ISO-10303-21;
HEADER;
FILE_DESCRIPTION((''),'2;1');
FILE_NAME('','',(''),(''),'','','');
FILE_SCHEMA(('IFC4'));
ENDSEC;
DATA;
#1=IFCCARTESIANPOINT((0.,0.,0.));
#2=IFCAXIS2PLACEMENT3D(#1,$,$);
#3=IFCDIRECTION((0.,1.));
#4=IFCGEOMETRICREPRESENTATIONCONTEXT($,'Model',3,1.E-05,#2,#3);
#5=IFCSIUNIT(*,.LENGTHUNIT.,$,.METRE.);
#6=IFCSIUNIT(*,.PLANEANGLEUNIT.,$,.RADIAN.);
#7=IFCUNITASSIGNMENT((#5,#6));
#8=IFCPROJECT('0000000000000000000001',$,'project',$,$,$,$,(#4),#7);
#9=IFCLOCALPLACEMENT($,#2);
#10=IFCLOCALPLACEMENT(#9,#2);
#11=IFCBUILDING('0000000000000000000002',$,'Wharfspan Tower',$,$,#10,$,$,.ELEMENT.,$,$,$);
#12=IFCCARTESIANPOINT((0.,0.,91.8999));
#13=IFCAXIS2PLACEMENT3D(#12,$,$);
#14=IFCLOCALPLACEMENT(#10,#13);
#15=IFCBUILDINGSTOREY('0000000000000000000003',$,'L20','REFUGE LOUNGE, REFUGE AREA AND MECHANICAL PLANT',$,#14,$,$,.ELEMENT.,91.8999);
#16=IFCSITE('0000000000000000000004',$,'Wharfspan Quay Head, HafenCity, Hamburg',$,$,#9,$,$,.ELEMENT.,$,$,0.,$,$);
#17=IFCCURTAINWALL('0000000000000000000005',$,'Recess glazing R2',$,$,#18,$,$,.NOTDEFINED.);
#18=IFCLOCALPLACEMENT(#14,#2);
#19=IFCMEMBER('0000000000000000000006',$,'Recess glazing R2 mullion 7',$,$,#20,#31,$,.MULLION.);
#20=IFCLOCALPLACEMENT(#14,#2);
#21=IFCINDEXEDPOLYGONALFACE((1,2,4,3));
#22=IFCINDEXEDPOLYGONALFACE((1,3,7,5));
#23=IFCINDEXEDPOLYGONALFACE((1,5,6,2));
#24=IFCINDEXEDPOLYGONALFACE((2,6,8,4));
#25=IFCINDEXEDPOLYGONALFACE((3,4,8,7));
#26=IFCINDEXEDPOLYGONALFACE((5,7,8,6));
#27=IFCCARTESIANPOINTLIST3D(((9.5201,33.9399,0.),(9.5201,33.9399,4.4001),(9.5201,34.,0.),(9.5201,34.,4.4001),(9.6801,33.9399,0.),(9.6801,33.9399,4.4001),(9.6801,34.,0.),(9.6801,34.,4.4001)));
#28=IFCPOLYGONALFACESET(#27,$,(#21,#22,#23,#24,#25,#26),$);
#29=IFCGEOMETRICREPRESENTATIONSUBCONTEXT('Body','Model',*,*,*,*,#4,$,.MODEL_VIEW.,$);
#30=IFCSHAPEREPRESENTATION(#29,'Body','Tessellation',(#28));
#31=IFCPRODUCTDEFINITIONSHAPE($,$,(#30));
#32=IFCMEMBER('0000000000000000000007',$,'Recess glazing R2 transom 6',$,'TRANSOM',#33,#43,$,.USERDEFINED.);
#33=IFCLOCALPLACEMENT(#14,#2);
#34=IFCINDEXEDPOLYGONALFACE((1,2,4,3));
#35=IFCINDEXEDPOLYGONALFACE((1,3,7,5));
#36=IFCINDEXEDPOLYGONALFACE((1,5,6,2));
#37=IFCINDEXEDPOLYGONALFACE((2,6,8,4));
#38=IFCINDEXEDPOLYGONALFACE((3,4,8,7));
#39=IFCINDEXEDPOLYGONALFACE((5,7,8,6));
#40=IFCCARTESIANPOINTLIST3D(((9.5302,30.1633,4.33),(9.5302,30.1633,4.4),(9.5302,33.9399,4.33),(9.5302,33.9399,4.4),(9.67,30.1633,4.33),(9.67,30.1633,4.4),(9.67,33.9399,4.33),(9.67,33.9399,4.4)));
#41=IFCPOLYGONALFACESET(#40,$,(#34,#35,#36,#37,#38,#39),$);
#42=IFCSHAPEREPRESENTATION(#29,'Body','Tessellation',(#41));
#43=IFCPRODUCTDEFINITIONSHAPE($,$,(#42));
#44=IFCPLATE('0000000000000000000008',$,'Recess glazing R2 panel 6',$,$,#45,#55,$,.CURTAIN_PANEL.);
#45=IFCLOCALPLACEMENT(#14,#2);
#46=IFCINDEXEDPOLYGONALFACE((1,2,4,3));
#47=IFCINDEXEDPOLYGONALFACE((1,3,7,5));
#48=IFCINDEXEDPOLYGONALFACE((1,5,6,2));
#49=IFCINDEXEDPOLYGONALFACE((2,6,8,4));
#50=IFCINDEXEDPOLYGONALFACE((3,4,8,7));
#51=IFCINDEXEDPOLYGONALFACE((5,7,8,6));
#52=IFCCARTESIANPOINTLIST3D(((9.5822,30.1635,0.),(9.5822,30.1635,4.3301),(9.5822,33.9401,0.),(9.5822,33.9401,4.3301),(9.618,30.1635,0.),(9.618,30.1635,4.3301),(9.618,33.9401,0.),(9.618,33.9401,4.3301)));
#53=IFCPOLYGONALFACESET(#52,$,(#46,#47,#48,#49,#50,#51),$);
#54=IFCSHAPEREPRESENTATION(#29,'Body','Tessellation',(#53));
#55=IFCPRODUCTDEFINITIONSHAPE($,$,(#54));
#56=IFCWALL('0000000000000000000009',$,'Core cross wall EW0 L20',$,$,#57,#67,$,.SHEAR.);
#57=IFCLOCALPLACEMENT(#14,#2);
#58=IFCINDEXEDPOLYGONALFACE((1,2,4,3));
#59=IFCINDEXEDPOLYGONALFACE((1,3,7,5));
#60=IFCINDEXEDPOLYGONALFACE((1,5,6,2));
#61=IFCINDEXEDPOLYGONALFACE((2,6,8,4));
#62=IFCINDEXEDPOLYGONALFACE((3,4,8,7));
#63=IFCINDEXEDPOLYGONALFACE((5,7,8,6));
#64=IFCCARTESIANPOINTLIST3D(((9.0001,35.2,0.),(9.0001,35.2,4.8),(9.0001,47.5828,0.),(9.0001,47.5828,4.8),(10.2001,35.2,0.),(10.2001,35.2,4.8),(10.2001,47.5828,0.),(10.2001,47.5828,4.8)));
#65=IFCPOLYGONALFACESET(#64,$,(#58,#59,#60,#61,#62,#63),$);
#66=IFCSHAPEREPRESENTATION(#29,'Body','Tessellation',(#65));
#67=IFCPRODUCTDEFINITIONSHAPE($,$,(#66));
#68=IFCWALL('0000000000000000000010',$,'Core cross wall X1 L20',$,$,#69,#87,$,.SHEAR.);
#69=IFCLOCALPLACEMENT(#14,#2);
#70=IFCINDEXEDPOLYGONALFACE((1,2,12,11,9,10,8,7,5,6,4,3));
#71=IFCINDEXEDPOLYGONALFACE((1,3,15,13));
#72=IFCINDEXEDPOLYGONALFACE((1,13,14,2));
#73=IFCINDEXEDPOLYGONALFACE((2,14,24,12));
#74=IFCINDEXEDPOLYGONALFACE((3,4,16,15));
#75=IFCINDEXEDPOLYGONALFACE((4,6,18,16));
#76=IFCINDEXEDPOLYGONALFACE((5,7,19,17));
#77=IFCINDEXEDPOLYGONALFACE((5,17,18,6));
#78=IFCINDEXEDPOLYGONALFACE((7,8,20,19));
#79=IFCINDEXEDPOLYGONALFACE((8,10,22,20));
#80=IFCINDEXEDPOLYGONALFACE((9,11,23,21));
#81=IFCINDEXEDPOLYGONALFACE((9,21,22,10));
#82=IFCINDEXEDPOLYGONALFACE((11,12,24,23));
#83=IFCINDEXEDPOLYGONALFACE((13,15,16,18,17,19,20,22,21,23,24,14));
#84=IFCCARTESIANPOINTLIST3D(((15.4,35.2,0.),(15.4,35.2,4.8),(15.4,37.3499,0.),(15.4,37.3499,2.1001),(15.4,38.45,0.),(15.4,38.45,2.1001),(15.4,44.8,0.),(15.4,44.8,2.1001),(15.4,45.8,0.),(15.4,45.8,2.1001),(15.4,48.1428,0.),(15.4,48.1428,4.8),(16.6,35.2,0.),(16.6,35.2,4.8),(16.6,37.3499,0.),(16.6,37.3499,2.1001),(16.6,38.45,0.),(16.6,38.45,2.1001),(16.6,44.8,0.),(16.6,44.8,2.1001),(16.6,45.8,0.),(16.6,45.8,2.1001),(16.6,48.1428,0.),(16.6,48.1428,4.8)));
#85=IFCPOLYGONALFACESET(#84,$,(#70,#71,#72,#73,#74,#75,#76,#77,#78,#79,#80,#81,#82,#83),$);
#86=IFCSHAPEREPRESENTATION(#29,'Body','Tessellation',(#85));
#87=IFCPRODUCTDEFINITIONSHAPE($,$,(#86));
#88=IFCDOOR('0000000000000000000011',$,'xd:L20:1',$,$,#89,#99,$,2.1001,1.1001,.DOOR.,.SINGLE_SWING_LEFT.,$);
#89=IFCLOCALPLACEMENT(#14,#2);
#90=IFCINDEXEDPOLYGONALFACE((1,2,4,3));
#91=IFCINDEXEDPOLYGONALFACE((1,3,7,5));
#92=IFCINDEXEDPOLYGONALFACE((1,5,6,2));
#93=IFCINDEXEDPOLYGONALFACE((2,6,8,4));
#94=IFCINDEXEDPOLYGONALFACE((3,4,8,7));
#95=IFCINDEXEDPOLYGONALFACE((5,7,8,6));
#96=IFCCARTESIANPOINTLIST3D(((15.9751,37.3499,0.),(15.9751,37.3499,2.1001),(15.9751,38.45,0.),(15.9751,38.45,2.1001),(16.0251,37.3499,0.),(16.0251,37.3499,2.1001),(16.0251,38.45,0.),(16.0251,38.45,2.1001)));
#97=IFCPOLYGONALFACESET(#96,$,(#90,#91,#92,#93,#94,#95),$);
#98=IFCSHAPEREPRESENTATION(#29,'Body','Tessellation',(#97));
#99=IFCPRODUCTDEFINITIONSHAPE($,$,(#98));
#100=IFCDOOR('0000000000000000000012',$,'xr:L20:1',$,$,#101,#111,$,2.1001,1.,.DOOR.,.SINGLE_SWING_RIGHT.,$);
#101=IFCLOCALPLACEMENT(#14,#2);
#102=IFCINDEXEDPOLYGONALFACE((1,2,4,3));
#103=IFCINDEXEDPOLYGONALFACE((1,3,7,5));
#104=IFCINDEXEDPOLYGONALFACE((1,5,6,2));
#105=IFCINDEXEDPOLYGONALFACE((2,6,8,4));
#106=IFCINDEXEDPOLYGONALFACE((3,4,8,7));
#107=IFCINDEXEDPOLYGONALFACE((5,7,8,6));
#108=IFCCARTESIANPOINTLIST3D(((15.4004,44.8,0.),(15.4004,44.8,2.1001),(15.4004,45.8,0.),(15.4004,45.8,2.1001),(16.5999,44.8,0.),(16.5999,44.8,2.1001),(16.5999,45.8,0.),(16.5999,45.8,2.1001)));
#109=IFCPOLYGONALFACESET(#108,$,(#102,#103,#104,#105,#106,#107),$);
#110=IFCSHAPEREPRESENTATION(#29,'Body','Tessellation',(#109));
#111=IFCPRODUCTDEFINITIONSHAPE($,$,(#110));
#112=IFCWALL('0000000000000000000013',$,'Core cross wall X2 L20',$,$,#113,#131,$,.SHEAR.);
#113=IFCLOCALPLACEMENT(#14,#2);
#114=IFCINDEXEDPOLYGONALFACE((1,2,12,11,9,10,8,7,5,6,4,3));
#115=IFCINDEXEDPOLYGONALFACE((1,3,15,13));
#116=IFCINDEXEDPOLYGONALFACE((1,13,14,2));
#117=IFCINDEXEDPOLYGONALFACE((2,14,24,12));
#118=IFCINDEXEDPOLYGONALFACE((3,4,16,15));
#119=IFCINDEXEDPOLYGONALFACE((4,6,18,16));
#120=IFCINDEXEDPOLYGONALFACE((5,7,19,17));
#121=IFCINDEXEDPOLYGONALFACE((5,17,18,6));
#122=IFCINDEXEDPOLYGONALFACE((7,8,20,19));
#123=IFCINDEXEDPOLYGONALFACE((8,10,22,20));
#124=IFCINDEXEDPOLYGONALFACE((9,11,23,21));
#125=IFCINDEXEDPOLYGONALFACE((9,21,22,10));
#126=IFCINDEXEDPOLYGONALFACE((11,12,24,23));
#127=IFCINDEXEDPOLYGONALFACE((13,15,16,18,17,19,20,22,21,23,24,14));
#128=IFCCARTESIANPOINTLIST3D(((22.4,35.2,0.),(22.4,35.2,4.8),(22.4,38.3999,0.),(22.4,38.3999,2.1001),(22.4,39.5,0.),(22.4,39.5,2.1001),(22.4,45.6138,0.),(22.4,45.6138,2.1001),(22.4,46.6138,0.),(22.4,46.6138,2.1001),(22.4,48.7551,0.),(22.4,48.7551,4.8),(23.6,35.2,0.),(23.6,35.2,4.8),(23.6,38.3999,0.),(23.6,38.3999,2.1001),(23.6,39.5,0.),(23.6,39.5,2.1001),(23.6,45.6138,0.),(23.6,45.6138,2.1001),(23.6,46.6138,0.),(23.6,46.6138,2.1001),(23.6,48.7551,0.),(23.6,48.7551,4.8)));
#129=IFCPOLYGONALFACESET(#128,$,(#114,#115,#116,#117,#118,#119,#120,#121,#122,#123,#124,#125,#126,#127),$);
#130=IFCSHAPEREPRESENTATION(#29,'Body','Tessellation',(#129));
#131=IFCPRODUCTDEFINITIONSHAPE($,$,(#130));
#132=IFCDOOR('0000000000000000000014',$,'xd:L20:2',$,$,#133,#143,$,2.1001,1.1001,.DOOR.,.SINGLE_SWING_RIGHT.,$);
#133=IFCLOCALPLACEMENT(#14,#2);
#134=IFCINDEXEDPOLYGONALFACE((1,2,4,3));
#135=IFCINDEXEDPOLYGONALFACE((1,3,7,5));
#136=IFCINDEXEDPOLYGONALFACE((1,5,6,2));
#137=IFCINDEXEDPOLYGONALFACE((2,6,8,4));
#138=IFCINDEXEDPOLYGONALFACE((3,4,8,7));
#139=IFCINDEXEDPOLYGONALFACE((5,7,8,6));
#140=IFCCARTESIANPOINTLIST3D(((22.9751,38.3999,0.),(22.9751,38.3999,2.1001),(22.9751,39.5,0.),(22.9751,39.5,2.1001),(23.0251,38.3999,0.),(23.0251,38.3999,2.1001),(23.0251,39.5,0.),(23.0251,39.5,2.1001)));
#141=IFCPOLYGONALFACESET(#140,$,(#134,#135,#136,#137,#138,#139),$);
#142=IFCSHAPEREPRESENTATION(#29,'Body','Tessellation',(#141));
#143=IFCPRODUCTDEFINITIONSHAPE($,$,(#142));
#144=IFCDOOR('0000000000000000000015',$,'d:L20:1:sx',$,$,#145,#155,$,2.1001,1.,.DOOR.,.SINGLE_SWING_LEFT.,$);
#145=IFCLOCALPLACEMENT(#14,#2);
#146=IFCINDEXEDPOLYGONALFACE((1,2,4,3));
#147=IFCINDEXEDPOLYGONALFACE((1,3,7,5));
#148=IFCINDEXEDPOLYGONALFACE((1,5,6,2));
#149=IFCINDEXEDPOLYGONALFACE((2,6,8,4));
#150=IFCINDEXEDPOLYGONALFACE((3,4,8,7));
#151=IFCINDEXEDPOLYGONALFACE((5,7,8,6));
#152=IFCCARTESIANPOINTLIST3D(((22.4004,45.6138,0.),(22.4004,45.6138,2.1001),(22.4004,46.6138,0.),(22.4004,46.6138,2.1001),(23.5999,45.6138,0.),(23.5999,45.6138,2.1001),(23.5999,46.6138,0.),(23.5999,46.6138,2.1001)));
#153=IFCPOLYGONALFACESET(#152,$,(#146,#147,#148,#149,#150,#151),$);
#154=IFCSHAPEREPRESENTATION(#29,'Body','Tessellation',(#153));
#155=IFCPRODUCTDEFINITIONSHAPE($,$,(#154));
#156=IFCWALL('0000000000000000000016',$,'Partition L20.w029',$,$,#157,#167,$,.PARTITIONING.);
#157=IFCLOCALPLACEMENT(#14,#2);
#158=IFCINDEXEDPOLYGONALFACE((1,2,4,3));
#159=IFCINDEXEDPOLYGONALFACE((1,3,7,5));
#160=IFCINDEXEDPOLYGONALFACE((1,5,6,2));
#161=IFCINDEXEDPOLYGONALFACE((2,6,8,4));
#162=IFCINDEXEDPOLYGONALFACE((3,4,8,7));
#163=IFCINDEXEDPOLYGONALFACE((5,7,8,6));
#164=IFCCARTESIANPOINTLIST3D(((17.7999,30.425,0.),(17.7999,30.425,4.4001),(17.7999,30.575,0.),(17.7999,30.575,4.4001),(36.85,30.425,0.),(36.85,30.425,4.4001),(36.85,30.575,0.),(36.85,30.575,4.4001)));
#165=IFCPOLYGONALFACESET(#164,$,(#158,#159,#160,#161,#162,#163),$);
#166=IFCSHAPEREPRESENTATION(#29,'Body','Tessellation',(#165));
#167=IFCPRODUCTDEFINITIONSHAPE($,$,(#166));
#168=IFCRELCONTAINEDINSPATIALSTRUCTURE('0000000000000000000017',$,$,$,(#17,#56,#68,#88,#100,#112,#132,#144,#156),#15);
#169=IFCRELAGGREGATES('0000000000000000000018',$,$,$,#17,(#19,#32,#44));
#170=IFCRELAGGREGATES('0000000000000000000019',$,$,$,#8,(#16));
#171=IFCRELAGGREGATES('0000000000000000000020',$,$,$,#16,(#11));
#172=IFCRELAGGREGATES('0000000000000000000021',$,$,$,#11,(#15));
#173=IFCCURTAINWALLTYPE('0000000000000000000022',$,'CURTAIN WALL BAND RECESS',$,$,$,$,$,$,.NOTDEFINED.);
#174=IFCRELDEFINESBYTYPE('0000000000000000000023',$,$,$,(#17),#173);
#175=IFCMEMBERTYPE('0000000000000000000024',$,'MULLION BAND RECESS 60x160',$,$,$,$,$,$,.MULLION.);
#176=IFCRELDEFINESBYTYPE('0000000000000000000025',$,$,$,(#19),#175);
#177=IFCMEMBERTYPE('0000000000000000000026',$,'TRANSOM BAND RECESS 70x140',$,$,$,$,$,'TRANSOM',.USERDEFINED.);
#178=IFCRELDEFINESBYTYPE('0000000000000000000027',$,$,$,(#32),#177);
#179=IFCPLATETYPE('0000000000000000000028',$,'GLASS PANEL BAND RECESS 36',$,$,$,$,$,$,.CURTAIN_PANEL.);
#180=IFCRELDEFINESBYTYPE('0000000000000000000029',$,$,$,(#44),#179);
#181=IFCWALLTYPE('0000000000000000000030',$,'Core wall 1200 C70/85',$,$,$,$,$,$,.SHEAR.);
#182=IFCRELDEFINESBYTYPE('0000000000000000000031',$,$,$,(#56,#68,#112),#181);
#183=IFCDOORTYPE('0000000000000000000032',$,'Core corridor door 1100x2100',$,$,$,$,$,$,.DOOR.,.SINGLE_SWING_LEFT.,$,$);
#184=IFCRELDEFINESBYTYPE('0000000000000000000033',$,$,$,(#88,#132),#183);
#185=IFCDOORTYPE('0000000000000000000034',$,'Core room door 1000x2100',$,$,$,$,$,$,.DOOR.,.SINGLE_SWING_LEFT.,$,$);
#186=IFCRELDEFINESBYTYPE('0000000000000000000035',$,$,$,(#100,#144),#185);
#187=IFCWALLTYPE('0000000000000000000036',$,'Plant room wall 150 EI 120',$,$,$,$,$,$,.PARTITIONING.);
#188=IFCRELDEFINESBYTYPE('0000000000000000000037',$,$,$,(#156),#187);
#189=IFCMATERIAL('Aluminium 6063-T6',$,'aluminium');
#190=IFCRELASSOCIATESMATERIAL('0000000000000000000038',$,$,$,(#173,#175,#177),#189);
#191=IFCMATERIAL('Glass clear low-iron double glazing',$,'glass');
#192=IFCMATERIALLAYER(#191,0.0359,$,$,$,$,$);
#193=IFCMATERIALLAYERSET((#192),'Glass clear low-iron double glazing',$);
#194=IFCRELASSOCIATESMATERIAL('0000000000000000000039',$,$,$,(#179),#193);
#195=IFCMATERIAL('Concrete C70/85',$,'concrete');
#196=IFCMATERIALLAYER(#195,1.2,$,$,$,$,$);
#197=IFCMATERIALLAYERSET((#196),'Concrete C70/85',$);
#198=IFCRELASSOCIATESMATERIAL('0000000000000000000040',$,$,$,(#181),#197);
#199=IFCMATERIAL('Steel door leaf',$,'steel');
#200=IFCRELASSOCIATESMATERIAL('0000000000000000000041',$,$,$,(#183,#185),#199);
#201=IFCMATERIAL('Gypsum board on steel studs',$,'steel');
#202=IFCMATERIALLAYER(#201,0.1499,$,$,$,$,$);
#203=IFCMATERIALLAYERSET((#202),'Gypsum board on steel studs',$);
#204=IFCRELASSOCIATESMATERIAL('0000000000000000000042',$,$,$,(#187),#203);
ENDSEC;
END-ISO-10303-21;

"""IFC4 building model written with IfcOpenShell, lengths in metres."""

from ifc_helpers import new_model, si_unit, direction, frame, frame_2d, origin, origin_2d, place, context, subcontext, project, spatial, rectangle, extrude, material, layer, layer_set, material_profile, profile_set, type_object, element, fill, aggregate, save


model = new_model("IFC4")

# Units and contexts
model_context = context("Model", 3, precision=1e-05, world=origin(), true_north=direction((0.0, 1.0)))
body_context = subcontext(model_context, "Body", "Model", "MODEL_VIEW")
ifc_project = project(units=[si_unit("LENGTHUNIT", "METRE"), si_unit("PLANEANGLEUNIT", "RADIAN")], contexts=[model_context])

# Site, building, storey
site_placement = place(None, origin())
site = spatial("IfcSite", under=ifc_project, at=site_placement, Name="Wharfspan Quay Head, HafenCity, Hamburg", CompositionType="ELEMENT", RefElevation=0.0)
building_placement = place(site_placement, origin())
building = spatial("IfcBuilding", under=site, at=building_placement, Name="Wharfspan Tower", CompositionType="ELEMENT")
storey_placement = place(building_placement, frame((0.0, 0.0, 91.8999)))
storey = spatial("IfcBuildingStorey", under=building, at=storey_placement, Name="L20", Description="REFUGE LOUNGE, REFUGE AREA AND MECHANICAL PLANT", CompositionType="ELEMENT", Elevation=91.8999)

# Curtain wall, members, plate
ifc_material_1 = material(Name="Aluminium 6063-T6", Category="aluminium")
curtain_wall_type = type_object("IfcCurtainWallType", Name="CURTAIN WALL BAND RECESS", PredefinedType="NOTDEFINED", material=ifc_material_1)
curtain_wall_placement = place(storey_placement, origin())
curtain_wall = element("IfcCurtainWall", 1, at=curtain_wall_placement, inside=storey, type_object=curtain_wall_type, Name="Recess glazing R2", PredefinedType="NOTDEFINED")
ifc_material_profile_1 = material_profile(ifc_material_1, rectangle(XDim=0.1599, YDim=0.0601, at=origin_2d()))
ifc_profile_set_1 = profile_set([ifc_material_profile_1], Name="Aluminium 6063-T6")
member_type_1 = type_object("IfcMemberType", Name="MULLION BAND RECESS 60x160", PredefinedType="MULLION", material=ifc_profile_set_1)
member_1_placement = place(storey_placement, frame((9.6001, 33.97, 0.0), z_axis=(0.0, 0.0, 1.0), x_axis=(-1.0, 0.0, 0.0)))
member_1 = element("IfcMember", 2, at=member_1_placement, type_object=member_type_1, Name="Recess glazing R2 mullion 7", PredefinedType="MULLION", context=body_context, shape_type="SweptSolid", body=[
    extrude(rectangle(XDim=0.1599, YDim=0.0601, at=origin_2d()), origin(), (0.0, 0.0, 1.0), 4.4001),
])
ifc_material_profile_2 = material_profile(ifc_material_1, rectangle(XDim=0.1399, YDim=0.0701, at=origin_2d()))
ifc_profile_set_2 = profile_set([ifc_material_profile_2], Name="Aluminium 6063-T6")
member_type_2 = type_object("IfcMemberType", Name="TRANSOM BAND RECESS 70x140", ElementType="TRANSOM", PredefinedType="USERDEFINED", material=ifc_profile_set_2)
member_2_placement = place(storey_placement, frame((9.6001, 30.1633, 4.365), z_axis=(0.0, 1.0, 0.0), x_axis=(-1.0, 0.0, 0.0)))
member_2 = element("IfcMember", 3, at=member_2_placement, type_object=member_type_2, Name="Recess glazing R2 transom 6", ObjectType="TRANSOM", PredefinedType="USERDEFINED", context=body_context, shape_type="SweptSolid", body=[
    extrude(rectangle(XDim=0.1399, YDim=0.0701, at=origin_2d()), origin(), (0.0, 0.0, 1.0), 3.7766),
])
ifc_material_2 = material(Name="Glass clear low-iron double glazing", Category="glass")
ifc_layer_1 = layer(ifc_material_2, 0.0359)
ifc_layer_set_1 = layer_set([ifc_layer_1], Name="Glass clear low-iron double glazing")
plate_type = type_object("IfcPlateType", Name="GLASS PANEL BAND RECESS 36", PredefinedType="CURTAIN_PANEL", material=ifc_layer_set_1)
plate_placement = place(storey_placement, frame((9.6001, 32.0518, 0.0), z_axis=(0.0, 0.0, 1.0), x_axis=(0.0, 1.0, 0.0)))
plate = element("IfcPlate", 4, at=plate_placement, type_object=plate_type, Name="Recess glazing R2 panel 6", PredefinedType="CURTAIN_PANEL", context=body_context, shape_type="SweptSolid", body=[
    extrude(rectangle(XDim=3.7766, YDim=0.0359, at=origin_2d()), origin(), (0.0, 0.0, 1.0), 4.3301),
])
aggregate(curtain_wall, [member_1, member_2, plate])

# Wall
ifc_material_3 = material(Name="Concrete C70/85", Category="concrete")
ifc_layer_2 = layer(ifc_material_3, 1.2)
ifc_layer_set_2 = layer_set([ifc_layer_2], Name="Concrete C70/85")
wall_type_1 = type_object("IfcWallType", Name="Core wall 1200 C70/85", PredefinedType="SHEAR", material=ifc_layer_set_2)
wall_1_placement = place(storey_placement, frame((9.6001, 35.2, 0.0), z_axis=(0.0, 0.0, 1.0), x_axis=(0.0, 1.0, 0.0)))
element("IfcWall", 5, at=wall_1_placement, inside=storey, type_object=wall_type_1, Name="Core cross wall EW0 L20", PredefinedType="SHEAR", context=body_context, shape_type="SweptSolid", body=[
    extrude(rectangle(XDim=12.3828, YDim=1.2, at=frame_2d((6.1914, 0.0))), origin(), (0.0, 0.0, 1.0), 4.8),
])

# Walls, openings, doors
wall_2_placement = place(storey_placement, frame((16.0, 35.2, 0.0), z_axis=(0.0, 0.0, 1.0), x_axis=(0.0, 1.0, 0.0)))
wall_2 = element("IfcWall", 6, at=wall_2_placement, inside=storey, type_object=wall_type_1, Name="Core cross wall X1 L20", PredefinedType="SHEAR", context=body_context, shape_type="SweptSolid", body=[
    extrude(rectangle(XDim=12.9429, YDim=1.2, at=frame_2d((6.4714, 0.0))), origin(), (0.0, 0.0, 1.0), 4.8),
])
opening_1_placement = place(wall_2_placement, frame((2.1499, 0.0, 0.0)))
opening_1 = element("IfcOpeningElement", 7, at=opening_1_placement, cuts=wall_2, PredefinedType="OPENING", context=body_context, shape_type="SweptSolid", body=[
    extrude(rectangle(XDim=1.1001, YDim=2.1001, at=frame_2d((0.55, 1.05))), frame((0.0, 0.6099, 0.0), z_axis=(0.0, -1.0, 0.0), x_axis=(1.0, 0.0, 0.0)), (0.0, 0.0, 1.0), 1.22),
])
opening_2_placement = place(wall_2_placement, frame((9.6001, 0.0, 0.0)))
opening_2 = element("IfcOpeningElement", 8, at=opening_2_placement, cuts=wall_2, PredefinedType="OPENING", context=body_context, shape_type="SweptSolid", body=[
    extrude(rectangle(XDim=1.0, YDim=2.1001, at=frame_2d((0.5, 1.05))), frame((0.0, 0.6099, 0.0), z_axis=(0.0, -1.0, 0.0), x_axis=(1.0, 0.0, 0.0)), (0.0, 0.0, 1.0), 1.22),
])
ifc_material_4 = material(Name="Steel door leaf", Category="steel")
door_type_1 = type_object("IfcDoorType", Name="Core corridor door 1100x2100", OperationType="SINGLE_SWING_LEFT", PredefinedType="DOOR", material=ifc_material_4)
door_1_placement = place(opening_1_placement, origin())
door_1 = element("IfcDoor", 9, at=door_1_placement, inside=storey, type_object=door_type_1, Name="xd:L20:1", OperationType="SINGLE_SWING_LEFT", OverallHeight=2.1001, OverallWidth=1.1001, PredefinedType="DOOR", context=body_context, shape_type="SweptSolid", body=[
    extrude(rectangle(XDim=1.1001, YDim=2.1001, at=frame_2d((0.55, 1.05))), frame((0.0, 0.0249, 0.0), z_axis=(0.0, -1.0, 0.0), x_axis=(1.0, 0.0, 0.0)), (0.0, 0.0, 1.0), 0.05),
])
fill(opening_1, door_1)
door_type_2 = type_object("IfcDoorType", Name="Core room door 1000x2100", OperationType="SINGLE_SWING_LEFT", PredefinedType="DOOR", material=ifc_material_4)
door_2_placement = place(opening_2_placement, origin())
door_2 = element("IfcDoor", 10, at=door_2_placement, inside=storey, type_object=door_type_2, Name="xr:L20:1", OperationType="SINGLE_SWING_RIGHT", OverallHeight=2.1001, OverallWidth=1.0, PredefinedType="DOOR", context=body_context, shape_type="SweptSolid", body=[
    extrude(rectangle(XDim=1.0, YDim=2.1001, at=frame_2d((0.5, 1.05))), frame((0.0, 0.5996, 0.0), z_axis=(0.0, -1.0, 0.0), x_axis=(1.0, 0.0, 0.0)), (0.0, 0.0, 1.0), 1.1995),
])
fill(opening_2, door_2)
wall_3_placement = place(storey_placement, frame((23.0, 35.2, 0.0), z_axis=(0.0, 0.0, 1.0), x_axis=(0.0, 1.0, 0.0)))
wall_3 = element("IfcWall", 11, at=wall_3_placement, inside=storey, type_object=wall_type_1, Name="Core cross wall X2 L20", PredefinedType="SHEAR", context=body_context, shape_type="SweptSolid", body=[
    extrude(rectangle(XDim=13.5552, YDim=1.2, at=frame_2d((6.7776, 0.0))), origin(), (0.0, 0.0, 1.0), 4.8),
])
opening_3_placement = place(wall_3_placement, frame((10.4138, 0.0, 0.0)))
opening_3 = element("IfcOpeningElement", 12, at=opening_3_placement, cuts=wall_3, PredefinedType="OPENING", context=body_context, shape_type="SweptSolid", body=[
    extrude(rectangle(XDim=1.0, YDim=2.1001, at=frame_2d((0.5, 1.05))), frame((0.0, 0.6099, 0.0), z_axis=(0.0, -1.0, 0.0), x_axis=(1.0, 0.0, 0.0)), (0.0, 0.0, 1.0), 1.22),
])
opening_4_placement = place(wall_3_placement, frame((3.2, 0.0, 0.0)))
opening_4 = element("IfcOpeningElement", 13, at=opening_4_placement, cuts=wall_3, PredefinedType="OPENING", context=body_context, shape_type="SweptSolid", body=[
    extrude(rectangle(XDim=1.1001, YDim=2.1001, at=frame_2d((0.55, 1.05))), frame((0.0, 0.6099, 0.0), z_axis=(0.0, -1.0, 0.0), x_axis=(1.0, 0.0, 0.0)), (0.0, 0.0, 1.0), 1.22),
])
door_3_placement = place(opening_4_placement, origin())
door_3 = element("IfcDoor", 14, at=door_3_placement, inside=storey, type_object=door_type_1, Name="xd:L20:2", OperationType="SINGLE_SWING_RIGHT", OverallHeight=2.1001, OverallWidth=1.1001, PredefinedType="DOOR", context=body_context, shape_type="SweptSolid", body=[
    extrude(rectangle(XDim=1.1001, YDim=2.1001, at=frame_2d((0.55, 1.05))), frame((0.0, 0.0249, 0.0), z_axis=(0.0, -1.0, 0.0), x_axis=(1.0, 0.0, 0.0)), (0.0, 0.0, 1.0), 0.05),
])
fill(opening_4, door_3)
door_4_placement = place(opening_3_placement, origin())
door_4 = element("IfcDoor", 15, at=door_4_placement, inside=storey, type_object=door_type_2, Name="d:L20:1:sx", OperationType="SINGLE_SWING_LEFT", OverallHeight=2.1001, OverallWidth=1.0, PredefinedType="DOOR", context=body_context, shape_type="SweptSolid", body=[
    extrude(rectangle(XDim=1.0, YDim=2.1001, at=frame_2d((0.5, 1.05))), frame((0.0, 0.5996, 0.0), z_axis=(0.0, -1.0, 0.0), x_axis=(1.0, 0.0, 0.0)), (0.0, 0.0, 1.0), 1.1995),
])
fill(opening_3, door_4)

# Wall
ifc_material_5 = material(Name="Gypsum board on steel studs", Category="steel")
ifc_layer_3 = layer(ifc_material_5, 0.1499)
ifc_layer_set_3 = layer_set([ifc_layer_3], Name="Gypsum board on steel studs")
wall_type_2 = type_object("IfcWallType", Name="Plant room wall 150 EI 120", PredefinedType="PARTITIONING", material=ifc_layer_set_3)
wall_4_placement = place(storey_placement, frame((17.8, 30.5, 0.0), z_axis=(0.0, 0.0, 1.0), x_axis=(1.0, 0.0, 0.0)))
element("IfcWall", 16, at=wall_4_placement, inside=storey, type_object=wall_type_2, Name="Partition L20.w029", PredefinedType="PARTITIONING", context=body_context, shape_type="SweptSolid", body=[
    extrude(rectangle(XDim=19.05, YDim=0.1499, at=frame_2d((9.5249, 0.0))), origin(), (0.0, 0.0, 1.0), 4.4001),
])

save(model, "model.ifc")
